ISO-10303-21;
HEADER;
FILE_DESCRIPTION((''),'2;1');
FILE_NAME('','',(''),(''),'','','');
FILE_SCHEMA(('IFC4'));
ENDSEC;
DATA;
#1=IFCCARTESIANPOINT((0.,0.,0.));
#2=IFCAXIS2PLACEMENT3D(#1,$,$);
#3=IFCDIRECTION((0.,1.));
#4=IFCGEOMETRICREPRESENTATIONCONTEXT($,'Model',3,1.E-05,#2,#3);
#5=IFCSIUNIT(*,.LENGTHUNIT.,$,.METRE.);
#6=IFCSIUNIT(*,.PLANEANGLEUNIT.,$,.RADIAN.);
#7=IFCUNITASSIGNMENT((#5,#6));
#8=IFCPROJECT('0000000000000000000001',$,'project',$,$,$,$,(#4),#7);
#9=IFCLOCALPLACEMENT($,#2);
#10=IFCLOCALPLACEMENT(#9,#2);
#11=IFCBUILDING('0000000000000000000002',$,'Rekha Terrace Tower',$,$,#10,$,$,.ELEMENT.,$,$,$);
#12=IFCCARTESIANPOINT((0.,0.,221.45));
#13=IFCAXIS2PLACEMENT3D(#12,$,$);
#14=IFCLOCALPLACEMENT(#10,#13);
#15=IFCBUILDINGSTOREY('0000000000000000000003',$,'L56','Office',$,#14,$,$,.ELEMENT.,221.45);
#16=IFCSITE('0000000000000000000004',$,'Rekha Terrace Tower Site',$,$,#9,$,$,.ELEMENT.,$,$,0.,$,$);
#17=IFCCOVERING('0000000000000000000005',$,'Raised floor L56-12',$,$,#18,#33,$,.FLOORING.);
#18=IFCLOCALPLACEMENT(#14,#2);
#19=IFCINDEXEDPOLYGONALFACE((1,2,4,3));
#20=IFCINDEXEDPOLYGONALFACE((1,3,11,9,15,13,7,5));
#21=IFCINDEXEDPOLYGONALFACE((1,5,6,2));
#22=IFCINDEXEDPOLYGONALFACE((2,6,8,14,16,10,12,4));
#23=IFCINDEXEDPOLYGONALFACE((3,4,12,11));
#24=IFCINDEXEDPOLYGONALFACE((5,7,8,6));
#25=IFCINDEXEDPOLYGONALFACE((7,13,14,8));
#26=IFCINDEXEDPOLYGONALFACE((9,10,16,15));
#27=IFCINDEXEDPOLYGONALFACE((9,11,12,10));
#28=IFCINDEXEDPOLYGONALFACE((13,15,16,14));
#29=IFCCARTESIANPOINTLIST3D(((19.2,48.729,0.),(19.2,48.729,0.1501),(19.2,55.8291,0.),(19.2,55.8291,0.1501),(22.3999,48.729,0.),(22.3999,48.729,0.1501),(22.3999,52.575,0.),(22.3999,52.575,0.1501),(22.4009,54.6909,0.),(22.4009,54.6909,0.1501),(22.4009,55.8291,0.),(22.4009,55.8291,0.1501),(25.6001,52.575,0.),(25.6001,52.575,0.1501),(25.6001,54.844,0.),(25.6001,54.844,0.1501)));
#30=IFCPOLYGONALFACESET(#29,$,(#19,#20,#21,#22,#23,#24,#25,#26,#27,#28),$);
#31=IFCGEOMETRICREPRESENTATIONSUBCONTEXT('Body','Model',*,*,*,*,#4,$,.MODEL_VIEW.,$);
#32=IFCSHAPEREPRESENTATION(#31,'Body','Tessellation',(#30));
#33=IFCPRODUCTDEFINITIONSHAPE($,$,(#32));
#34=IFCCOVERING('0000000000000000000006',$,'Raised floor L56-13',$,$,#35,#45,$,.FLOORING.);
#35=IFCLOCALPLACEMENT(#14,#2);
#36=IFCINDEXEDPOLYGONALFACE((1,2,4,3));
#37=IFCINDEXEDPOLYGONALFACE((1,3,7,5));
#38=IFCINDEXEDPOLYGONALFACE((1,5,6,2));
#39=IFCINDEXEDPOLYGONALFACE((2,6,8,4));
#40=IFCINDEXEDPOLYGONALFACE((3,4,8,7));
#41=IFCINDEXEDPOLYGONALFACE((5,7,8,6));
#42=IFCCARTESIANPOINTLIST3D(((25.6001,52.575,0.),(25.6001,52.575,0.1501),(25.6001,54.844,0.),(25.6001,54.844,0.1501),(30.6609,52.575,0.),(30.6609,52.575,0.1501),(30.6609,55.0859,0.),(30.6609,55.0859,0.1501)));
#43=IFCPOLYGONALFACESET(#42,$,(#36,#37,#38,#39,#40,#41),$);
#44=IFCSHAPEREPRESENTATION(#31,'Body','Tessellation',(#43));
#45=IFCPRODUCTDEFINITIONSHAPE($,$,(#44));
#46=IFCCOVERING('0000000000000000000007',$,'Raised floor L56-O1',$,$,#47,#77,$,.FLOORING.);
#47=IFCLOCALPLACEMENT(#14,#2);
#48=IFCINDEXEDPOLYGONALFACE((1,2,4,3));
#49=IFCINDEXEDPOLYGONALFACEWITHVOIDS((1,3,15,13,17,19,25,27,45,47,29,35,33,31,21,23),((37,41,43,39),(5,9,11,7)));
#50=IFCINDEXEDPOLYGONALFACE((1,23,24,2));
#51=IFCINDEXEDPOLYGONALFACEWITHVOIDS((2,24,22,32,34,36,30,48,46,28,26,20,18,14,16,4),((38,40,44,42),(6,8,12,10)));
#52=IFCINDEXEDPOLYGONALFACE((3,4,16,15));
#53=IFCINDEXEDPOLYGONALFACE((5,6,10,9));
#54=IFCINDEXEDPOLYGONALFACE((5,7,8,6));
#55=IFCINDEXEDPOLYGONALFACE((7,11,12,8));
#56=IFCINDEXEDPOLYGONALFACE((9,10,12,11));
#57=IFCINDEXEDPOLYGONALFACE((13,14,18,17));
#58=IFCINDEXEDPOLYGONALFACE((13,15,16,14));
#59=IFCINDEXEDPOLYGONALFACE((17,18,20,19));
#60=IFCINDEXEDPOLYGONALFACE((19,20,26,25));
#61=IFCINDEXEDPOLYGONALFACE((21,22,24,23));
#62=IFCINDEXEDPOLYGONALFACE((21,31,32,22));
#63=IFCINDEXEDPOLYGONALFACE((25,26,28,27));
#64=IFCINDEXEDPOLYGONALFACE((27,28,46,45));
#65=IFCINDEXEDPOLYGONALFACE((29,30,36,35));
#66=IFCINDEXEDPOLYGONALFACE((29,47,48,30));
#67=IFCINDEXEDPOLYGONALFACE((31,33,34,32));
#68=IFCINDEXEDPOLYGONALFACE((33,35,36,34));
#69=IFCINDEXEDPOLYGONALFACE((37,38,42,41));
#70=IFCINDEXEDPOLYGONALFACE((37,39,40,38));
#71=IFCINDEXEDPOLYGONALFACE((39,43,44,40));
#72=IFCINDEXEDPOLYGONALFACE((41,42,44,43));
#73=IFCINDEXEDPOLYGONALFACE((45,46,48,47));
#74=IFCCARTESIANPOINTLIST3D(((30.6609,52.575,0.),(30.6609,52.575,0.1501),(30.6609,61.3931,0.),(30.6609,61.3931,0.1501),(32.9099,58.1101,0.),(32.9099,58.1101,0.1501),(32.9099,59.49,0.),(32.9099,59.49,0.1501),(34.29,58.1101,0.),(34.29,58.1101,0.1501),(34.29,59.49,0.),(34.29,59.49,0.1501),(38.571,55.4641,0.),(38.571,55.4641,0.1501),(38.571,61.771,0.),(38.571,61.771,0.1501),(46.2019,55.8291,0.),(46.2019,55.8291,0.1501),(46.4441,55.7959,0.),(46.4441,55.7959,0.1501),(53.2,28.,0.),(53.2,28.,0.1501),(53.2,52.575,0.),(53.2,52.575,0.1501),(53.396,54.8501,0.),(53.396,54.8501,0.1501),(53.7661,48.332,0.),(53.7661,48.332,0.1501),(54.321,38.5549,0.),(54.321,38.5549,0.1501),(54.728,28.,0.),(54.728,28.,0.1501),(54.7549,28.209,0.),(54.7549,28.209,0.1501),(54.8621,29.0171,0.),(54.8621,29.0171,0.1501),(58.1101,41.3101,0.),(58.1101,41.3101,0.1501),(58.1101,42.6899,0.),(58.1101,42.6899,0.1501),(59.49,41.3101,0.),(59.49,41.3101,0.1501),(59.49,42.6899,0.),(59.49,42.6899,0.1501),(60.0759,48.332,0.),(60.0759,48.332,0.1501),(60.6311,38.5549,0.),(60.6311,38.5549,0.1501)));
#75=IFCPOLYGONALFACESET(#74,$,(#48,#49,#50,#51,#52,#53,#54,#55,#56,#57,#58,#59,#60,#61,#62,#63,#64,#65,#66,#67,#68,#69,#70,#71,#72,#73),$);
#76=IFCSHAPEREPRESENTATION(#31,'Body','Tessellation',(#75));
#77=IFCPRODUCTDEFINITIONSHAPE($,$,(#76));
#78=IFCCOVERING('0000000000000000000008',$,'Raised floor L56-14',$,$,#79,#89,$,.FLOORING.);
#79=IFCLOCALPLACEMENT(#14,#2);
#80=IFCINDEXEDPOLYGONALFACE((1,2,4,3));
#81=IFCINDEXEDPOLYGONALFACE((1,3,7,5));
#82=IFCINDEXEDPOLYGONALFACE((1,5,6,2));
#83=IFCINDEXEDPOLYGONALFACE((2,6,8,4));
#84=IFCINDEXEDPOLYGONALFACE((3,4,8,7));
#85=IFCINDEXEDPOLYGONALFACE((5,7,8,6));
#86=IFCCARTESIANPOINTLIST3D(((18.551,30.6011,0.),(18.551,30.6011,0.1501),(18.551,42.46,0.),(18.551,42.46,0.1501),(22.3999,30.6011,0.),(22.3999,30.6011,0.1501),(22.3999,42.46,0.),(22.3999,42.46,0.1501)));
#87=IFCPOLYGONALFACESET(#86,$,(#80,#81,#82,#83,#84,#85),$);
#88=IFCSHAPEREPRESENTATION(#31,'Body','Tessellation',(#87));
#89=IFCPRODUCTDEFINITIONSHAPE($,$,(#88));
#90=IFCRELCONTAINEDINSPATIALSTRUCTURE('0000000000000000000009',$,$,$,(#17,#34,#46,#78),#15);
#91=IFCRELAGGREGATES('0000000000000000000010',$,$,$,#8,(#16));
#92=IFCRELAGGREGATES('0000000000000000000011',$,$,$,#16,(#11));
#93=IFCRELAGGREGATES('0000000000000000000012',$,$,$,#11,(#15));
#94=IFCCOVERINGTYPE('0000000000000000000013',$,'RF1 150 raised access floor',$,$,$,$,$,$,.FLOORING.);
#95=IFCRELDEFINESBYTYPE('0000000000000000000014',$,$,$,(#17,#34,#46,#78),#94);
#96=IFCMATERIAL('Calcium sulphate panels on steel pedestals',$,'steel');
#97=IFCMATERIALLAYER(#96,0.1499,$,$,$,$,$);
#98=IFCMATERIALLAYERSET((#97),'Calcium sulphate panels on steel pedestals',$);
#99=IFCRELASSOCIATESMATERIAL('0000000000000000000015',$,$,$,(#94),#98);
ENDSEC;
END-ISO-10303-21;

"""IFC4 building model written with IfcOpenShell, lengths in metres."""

from ifc_helpers import new_model, si_unit, direction, frame, origin, place, context, subcontext, project, spatial, polyline, outline, extrude, material, layer, layer_set, type_object, element, save


model = new_model("IFC4")

# Units and contexts
model_context = context("Model", 3, precision=1e-05, world=origin(), true_north=direction((0.0, 1.0)))
body_context = subcontext(model_context, "Body", "Model", "MODEL_VIEW")
ifc_project = project(units=[si_unit("LENGTHUNIT", "METRE"), si_unit("PLANEANGLEUNIT", "RADIAN")], contexts=[model_context])

# Site, building, storey
site_placement = place(None, origin())
site = spatial("IfcSite", under=ifc_project, at=site_placement, Name="Rekha Terrace Tower Site", CompositionType="ELEMENT", RefElevation=0.0)
building_placement = place(site_placement, origin())
building = spatial("IfcBuilding", under=site, at=building_placement, Name="Rekha Terrace Tower", CompositionType="ELEMENT")
storey_placement = place(building_placement, frame((0.0, 0.0, 221.45)))
storey = spatial("IfcBuildingStorey", under=building, at=storey_placement, Name="L56", Description="Office", CompositionType="ELEMENT", Elevation=221.45)

# Coverings
ifc_material_1 = material(Name="Calcium sulphate panels on steel pedestals", Category="steel")
ifc_layer_1 = layer(ifc_material_1, 0.1499)
ifc_layer_set_1 = layer_set([ifc_layer_1], Name="Calcium sulphate panels on steel pedestals")
covering_type_1 = type_object("IfcCoveringType", Name="RF1 150 raised access floor", PredefinedType="FLOORING", material=ifc_layer_set_1)
covering_1_placement = place(storey_placement, origin())
element("IfcCovering", 1, at=covering_1_placement, inside=storey, type_object=covering_type_1, Name="Raised floor L56-12", PredefinedType="FLOORING", context=body_context, shape_type="SweptSolid", body=[
    extrude(outline(polyline([(22.3999, 52.575), (25.6001, 52.575), (25.6001, 54.844), (22.4009, 54.6909), (22.4009, 55.8291), (19.2, 55.8291), (19.2, 48.729), (22.3999, 48.729), (22.3999, 52.575)])), origin(), (0.0, 0.0, 1.0), 0.1501),
])
covering_2_placement = place(storey_placement, origin())
element("IfcCovering", 2, at=covering_2_placement, inside=storey, type_object=covering_type_1, Name="Raised floor L56-13", PredefinedType="FLOORING", context=body_context, shape_type="SweptSolid", body=[
    extrude(outline(polyline([(25.6001, 54.844), (25.6001, 52.575), (30.6609, 52.575), (30.6609, 55.0859), (25.6001, 54.844)])), origin(), (0.0, 0.0, 1.0), 0.1501),
])
covering_3_placement = place(storey_placement, origin())
element("IfcCovering", 3, at=covering_3_placement, inside=storey, type_object=covering_type_1, Name="Raised floor L56-O1", PredefinedType="FLOORING", context=body_context, shape_type="SweptSolid", body=[
    extrude(outline(polyline([(46.2019, 55.8291), (38.571, 55.4641), (38.571, 61.771), (30.6609, 61.3931), (30.6609, 52.575), (53.2, 52.575), (53.2, 28.0), (54.728, 28.0), (54.7549, 28.209), (54.8621, 29.0171), (54.321, 38.5549), (60.6311, 38.5549), (60.0759, 48.332), (53.7661, 48.332), (53.396, 54.8501), (46.4441, 55.7959), (46.2019, 55.8291)]), holes=[polyline([(59.49, 41.3101), (58.1101, 41.3101), (58.1101, 42.6899), (59.49, 42.6899), (59.49, 41.3101)]), polyline([(34.29, 58.1101), (32.9099, 58.1101), (32.9099, 59.49), (34.29, 59.49), (34.29, 58.1101)])]), origin(), (0.0, 0.0, 1.0), 0.1501),
])
covering_4_placement = place(storey_placement, origin())
element("IfcCovering", 4, at=covering_4_placement, inside=storey, type_object=covering_type_1, Name="Raised floor L56-14", PredefinedType="FLOORING", context=body_context, shape_type="SweptSolid", body=[
    extrude(outline(polyline([(18.551, 30.6011), (22.3999, 30.6011), (22.3999, 42.46), (18.551, 42.46), (18.551, 30.6011)])), origin(), (0.0, 0.0, 1.0), 0.1501),
])

save(model, "model.ifc")
